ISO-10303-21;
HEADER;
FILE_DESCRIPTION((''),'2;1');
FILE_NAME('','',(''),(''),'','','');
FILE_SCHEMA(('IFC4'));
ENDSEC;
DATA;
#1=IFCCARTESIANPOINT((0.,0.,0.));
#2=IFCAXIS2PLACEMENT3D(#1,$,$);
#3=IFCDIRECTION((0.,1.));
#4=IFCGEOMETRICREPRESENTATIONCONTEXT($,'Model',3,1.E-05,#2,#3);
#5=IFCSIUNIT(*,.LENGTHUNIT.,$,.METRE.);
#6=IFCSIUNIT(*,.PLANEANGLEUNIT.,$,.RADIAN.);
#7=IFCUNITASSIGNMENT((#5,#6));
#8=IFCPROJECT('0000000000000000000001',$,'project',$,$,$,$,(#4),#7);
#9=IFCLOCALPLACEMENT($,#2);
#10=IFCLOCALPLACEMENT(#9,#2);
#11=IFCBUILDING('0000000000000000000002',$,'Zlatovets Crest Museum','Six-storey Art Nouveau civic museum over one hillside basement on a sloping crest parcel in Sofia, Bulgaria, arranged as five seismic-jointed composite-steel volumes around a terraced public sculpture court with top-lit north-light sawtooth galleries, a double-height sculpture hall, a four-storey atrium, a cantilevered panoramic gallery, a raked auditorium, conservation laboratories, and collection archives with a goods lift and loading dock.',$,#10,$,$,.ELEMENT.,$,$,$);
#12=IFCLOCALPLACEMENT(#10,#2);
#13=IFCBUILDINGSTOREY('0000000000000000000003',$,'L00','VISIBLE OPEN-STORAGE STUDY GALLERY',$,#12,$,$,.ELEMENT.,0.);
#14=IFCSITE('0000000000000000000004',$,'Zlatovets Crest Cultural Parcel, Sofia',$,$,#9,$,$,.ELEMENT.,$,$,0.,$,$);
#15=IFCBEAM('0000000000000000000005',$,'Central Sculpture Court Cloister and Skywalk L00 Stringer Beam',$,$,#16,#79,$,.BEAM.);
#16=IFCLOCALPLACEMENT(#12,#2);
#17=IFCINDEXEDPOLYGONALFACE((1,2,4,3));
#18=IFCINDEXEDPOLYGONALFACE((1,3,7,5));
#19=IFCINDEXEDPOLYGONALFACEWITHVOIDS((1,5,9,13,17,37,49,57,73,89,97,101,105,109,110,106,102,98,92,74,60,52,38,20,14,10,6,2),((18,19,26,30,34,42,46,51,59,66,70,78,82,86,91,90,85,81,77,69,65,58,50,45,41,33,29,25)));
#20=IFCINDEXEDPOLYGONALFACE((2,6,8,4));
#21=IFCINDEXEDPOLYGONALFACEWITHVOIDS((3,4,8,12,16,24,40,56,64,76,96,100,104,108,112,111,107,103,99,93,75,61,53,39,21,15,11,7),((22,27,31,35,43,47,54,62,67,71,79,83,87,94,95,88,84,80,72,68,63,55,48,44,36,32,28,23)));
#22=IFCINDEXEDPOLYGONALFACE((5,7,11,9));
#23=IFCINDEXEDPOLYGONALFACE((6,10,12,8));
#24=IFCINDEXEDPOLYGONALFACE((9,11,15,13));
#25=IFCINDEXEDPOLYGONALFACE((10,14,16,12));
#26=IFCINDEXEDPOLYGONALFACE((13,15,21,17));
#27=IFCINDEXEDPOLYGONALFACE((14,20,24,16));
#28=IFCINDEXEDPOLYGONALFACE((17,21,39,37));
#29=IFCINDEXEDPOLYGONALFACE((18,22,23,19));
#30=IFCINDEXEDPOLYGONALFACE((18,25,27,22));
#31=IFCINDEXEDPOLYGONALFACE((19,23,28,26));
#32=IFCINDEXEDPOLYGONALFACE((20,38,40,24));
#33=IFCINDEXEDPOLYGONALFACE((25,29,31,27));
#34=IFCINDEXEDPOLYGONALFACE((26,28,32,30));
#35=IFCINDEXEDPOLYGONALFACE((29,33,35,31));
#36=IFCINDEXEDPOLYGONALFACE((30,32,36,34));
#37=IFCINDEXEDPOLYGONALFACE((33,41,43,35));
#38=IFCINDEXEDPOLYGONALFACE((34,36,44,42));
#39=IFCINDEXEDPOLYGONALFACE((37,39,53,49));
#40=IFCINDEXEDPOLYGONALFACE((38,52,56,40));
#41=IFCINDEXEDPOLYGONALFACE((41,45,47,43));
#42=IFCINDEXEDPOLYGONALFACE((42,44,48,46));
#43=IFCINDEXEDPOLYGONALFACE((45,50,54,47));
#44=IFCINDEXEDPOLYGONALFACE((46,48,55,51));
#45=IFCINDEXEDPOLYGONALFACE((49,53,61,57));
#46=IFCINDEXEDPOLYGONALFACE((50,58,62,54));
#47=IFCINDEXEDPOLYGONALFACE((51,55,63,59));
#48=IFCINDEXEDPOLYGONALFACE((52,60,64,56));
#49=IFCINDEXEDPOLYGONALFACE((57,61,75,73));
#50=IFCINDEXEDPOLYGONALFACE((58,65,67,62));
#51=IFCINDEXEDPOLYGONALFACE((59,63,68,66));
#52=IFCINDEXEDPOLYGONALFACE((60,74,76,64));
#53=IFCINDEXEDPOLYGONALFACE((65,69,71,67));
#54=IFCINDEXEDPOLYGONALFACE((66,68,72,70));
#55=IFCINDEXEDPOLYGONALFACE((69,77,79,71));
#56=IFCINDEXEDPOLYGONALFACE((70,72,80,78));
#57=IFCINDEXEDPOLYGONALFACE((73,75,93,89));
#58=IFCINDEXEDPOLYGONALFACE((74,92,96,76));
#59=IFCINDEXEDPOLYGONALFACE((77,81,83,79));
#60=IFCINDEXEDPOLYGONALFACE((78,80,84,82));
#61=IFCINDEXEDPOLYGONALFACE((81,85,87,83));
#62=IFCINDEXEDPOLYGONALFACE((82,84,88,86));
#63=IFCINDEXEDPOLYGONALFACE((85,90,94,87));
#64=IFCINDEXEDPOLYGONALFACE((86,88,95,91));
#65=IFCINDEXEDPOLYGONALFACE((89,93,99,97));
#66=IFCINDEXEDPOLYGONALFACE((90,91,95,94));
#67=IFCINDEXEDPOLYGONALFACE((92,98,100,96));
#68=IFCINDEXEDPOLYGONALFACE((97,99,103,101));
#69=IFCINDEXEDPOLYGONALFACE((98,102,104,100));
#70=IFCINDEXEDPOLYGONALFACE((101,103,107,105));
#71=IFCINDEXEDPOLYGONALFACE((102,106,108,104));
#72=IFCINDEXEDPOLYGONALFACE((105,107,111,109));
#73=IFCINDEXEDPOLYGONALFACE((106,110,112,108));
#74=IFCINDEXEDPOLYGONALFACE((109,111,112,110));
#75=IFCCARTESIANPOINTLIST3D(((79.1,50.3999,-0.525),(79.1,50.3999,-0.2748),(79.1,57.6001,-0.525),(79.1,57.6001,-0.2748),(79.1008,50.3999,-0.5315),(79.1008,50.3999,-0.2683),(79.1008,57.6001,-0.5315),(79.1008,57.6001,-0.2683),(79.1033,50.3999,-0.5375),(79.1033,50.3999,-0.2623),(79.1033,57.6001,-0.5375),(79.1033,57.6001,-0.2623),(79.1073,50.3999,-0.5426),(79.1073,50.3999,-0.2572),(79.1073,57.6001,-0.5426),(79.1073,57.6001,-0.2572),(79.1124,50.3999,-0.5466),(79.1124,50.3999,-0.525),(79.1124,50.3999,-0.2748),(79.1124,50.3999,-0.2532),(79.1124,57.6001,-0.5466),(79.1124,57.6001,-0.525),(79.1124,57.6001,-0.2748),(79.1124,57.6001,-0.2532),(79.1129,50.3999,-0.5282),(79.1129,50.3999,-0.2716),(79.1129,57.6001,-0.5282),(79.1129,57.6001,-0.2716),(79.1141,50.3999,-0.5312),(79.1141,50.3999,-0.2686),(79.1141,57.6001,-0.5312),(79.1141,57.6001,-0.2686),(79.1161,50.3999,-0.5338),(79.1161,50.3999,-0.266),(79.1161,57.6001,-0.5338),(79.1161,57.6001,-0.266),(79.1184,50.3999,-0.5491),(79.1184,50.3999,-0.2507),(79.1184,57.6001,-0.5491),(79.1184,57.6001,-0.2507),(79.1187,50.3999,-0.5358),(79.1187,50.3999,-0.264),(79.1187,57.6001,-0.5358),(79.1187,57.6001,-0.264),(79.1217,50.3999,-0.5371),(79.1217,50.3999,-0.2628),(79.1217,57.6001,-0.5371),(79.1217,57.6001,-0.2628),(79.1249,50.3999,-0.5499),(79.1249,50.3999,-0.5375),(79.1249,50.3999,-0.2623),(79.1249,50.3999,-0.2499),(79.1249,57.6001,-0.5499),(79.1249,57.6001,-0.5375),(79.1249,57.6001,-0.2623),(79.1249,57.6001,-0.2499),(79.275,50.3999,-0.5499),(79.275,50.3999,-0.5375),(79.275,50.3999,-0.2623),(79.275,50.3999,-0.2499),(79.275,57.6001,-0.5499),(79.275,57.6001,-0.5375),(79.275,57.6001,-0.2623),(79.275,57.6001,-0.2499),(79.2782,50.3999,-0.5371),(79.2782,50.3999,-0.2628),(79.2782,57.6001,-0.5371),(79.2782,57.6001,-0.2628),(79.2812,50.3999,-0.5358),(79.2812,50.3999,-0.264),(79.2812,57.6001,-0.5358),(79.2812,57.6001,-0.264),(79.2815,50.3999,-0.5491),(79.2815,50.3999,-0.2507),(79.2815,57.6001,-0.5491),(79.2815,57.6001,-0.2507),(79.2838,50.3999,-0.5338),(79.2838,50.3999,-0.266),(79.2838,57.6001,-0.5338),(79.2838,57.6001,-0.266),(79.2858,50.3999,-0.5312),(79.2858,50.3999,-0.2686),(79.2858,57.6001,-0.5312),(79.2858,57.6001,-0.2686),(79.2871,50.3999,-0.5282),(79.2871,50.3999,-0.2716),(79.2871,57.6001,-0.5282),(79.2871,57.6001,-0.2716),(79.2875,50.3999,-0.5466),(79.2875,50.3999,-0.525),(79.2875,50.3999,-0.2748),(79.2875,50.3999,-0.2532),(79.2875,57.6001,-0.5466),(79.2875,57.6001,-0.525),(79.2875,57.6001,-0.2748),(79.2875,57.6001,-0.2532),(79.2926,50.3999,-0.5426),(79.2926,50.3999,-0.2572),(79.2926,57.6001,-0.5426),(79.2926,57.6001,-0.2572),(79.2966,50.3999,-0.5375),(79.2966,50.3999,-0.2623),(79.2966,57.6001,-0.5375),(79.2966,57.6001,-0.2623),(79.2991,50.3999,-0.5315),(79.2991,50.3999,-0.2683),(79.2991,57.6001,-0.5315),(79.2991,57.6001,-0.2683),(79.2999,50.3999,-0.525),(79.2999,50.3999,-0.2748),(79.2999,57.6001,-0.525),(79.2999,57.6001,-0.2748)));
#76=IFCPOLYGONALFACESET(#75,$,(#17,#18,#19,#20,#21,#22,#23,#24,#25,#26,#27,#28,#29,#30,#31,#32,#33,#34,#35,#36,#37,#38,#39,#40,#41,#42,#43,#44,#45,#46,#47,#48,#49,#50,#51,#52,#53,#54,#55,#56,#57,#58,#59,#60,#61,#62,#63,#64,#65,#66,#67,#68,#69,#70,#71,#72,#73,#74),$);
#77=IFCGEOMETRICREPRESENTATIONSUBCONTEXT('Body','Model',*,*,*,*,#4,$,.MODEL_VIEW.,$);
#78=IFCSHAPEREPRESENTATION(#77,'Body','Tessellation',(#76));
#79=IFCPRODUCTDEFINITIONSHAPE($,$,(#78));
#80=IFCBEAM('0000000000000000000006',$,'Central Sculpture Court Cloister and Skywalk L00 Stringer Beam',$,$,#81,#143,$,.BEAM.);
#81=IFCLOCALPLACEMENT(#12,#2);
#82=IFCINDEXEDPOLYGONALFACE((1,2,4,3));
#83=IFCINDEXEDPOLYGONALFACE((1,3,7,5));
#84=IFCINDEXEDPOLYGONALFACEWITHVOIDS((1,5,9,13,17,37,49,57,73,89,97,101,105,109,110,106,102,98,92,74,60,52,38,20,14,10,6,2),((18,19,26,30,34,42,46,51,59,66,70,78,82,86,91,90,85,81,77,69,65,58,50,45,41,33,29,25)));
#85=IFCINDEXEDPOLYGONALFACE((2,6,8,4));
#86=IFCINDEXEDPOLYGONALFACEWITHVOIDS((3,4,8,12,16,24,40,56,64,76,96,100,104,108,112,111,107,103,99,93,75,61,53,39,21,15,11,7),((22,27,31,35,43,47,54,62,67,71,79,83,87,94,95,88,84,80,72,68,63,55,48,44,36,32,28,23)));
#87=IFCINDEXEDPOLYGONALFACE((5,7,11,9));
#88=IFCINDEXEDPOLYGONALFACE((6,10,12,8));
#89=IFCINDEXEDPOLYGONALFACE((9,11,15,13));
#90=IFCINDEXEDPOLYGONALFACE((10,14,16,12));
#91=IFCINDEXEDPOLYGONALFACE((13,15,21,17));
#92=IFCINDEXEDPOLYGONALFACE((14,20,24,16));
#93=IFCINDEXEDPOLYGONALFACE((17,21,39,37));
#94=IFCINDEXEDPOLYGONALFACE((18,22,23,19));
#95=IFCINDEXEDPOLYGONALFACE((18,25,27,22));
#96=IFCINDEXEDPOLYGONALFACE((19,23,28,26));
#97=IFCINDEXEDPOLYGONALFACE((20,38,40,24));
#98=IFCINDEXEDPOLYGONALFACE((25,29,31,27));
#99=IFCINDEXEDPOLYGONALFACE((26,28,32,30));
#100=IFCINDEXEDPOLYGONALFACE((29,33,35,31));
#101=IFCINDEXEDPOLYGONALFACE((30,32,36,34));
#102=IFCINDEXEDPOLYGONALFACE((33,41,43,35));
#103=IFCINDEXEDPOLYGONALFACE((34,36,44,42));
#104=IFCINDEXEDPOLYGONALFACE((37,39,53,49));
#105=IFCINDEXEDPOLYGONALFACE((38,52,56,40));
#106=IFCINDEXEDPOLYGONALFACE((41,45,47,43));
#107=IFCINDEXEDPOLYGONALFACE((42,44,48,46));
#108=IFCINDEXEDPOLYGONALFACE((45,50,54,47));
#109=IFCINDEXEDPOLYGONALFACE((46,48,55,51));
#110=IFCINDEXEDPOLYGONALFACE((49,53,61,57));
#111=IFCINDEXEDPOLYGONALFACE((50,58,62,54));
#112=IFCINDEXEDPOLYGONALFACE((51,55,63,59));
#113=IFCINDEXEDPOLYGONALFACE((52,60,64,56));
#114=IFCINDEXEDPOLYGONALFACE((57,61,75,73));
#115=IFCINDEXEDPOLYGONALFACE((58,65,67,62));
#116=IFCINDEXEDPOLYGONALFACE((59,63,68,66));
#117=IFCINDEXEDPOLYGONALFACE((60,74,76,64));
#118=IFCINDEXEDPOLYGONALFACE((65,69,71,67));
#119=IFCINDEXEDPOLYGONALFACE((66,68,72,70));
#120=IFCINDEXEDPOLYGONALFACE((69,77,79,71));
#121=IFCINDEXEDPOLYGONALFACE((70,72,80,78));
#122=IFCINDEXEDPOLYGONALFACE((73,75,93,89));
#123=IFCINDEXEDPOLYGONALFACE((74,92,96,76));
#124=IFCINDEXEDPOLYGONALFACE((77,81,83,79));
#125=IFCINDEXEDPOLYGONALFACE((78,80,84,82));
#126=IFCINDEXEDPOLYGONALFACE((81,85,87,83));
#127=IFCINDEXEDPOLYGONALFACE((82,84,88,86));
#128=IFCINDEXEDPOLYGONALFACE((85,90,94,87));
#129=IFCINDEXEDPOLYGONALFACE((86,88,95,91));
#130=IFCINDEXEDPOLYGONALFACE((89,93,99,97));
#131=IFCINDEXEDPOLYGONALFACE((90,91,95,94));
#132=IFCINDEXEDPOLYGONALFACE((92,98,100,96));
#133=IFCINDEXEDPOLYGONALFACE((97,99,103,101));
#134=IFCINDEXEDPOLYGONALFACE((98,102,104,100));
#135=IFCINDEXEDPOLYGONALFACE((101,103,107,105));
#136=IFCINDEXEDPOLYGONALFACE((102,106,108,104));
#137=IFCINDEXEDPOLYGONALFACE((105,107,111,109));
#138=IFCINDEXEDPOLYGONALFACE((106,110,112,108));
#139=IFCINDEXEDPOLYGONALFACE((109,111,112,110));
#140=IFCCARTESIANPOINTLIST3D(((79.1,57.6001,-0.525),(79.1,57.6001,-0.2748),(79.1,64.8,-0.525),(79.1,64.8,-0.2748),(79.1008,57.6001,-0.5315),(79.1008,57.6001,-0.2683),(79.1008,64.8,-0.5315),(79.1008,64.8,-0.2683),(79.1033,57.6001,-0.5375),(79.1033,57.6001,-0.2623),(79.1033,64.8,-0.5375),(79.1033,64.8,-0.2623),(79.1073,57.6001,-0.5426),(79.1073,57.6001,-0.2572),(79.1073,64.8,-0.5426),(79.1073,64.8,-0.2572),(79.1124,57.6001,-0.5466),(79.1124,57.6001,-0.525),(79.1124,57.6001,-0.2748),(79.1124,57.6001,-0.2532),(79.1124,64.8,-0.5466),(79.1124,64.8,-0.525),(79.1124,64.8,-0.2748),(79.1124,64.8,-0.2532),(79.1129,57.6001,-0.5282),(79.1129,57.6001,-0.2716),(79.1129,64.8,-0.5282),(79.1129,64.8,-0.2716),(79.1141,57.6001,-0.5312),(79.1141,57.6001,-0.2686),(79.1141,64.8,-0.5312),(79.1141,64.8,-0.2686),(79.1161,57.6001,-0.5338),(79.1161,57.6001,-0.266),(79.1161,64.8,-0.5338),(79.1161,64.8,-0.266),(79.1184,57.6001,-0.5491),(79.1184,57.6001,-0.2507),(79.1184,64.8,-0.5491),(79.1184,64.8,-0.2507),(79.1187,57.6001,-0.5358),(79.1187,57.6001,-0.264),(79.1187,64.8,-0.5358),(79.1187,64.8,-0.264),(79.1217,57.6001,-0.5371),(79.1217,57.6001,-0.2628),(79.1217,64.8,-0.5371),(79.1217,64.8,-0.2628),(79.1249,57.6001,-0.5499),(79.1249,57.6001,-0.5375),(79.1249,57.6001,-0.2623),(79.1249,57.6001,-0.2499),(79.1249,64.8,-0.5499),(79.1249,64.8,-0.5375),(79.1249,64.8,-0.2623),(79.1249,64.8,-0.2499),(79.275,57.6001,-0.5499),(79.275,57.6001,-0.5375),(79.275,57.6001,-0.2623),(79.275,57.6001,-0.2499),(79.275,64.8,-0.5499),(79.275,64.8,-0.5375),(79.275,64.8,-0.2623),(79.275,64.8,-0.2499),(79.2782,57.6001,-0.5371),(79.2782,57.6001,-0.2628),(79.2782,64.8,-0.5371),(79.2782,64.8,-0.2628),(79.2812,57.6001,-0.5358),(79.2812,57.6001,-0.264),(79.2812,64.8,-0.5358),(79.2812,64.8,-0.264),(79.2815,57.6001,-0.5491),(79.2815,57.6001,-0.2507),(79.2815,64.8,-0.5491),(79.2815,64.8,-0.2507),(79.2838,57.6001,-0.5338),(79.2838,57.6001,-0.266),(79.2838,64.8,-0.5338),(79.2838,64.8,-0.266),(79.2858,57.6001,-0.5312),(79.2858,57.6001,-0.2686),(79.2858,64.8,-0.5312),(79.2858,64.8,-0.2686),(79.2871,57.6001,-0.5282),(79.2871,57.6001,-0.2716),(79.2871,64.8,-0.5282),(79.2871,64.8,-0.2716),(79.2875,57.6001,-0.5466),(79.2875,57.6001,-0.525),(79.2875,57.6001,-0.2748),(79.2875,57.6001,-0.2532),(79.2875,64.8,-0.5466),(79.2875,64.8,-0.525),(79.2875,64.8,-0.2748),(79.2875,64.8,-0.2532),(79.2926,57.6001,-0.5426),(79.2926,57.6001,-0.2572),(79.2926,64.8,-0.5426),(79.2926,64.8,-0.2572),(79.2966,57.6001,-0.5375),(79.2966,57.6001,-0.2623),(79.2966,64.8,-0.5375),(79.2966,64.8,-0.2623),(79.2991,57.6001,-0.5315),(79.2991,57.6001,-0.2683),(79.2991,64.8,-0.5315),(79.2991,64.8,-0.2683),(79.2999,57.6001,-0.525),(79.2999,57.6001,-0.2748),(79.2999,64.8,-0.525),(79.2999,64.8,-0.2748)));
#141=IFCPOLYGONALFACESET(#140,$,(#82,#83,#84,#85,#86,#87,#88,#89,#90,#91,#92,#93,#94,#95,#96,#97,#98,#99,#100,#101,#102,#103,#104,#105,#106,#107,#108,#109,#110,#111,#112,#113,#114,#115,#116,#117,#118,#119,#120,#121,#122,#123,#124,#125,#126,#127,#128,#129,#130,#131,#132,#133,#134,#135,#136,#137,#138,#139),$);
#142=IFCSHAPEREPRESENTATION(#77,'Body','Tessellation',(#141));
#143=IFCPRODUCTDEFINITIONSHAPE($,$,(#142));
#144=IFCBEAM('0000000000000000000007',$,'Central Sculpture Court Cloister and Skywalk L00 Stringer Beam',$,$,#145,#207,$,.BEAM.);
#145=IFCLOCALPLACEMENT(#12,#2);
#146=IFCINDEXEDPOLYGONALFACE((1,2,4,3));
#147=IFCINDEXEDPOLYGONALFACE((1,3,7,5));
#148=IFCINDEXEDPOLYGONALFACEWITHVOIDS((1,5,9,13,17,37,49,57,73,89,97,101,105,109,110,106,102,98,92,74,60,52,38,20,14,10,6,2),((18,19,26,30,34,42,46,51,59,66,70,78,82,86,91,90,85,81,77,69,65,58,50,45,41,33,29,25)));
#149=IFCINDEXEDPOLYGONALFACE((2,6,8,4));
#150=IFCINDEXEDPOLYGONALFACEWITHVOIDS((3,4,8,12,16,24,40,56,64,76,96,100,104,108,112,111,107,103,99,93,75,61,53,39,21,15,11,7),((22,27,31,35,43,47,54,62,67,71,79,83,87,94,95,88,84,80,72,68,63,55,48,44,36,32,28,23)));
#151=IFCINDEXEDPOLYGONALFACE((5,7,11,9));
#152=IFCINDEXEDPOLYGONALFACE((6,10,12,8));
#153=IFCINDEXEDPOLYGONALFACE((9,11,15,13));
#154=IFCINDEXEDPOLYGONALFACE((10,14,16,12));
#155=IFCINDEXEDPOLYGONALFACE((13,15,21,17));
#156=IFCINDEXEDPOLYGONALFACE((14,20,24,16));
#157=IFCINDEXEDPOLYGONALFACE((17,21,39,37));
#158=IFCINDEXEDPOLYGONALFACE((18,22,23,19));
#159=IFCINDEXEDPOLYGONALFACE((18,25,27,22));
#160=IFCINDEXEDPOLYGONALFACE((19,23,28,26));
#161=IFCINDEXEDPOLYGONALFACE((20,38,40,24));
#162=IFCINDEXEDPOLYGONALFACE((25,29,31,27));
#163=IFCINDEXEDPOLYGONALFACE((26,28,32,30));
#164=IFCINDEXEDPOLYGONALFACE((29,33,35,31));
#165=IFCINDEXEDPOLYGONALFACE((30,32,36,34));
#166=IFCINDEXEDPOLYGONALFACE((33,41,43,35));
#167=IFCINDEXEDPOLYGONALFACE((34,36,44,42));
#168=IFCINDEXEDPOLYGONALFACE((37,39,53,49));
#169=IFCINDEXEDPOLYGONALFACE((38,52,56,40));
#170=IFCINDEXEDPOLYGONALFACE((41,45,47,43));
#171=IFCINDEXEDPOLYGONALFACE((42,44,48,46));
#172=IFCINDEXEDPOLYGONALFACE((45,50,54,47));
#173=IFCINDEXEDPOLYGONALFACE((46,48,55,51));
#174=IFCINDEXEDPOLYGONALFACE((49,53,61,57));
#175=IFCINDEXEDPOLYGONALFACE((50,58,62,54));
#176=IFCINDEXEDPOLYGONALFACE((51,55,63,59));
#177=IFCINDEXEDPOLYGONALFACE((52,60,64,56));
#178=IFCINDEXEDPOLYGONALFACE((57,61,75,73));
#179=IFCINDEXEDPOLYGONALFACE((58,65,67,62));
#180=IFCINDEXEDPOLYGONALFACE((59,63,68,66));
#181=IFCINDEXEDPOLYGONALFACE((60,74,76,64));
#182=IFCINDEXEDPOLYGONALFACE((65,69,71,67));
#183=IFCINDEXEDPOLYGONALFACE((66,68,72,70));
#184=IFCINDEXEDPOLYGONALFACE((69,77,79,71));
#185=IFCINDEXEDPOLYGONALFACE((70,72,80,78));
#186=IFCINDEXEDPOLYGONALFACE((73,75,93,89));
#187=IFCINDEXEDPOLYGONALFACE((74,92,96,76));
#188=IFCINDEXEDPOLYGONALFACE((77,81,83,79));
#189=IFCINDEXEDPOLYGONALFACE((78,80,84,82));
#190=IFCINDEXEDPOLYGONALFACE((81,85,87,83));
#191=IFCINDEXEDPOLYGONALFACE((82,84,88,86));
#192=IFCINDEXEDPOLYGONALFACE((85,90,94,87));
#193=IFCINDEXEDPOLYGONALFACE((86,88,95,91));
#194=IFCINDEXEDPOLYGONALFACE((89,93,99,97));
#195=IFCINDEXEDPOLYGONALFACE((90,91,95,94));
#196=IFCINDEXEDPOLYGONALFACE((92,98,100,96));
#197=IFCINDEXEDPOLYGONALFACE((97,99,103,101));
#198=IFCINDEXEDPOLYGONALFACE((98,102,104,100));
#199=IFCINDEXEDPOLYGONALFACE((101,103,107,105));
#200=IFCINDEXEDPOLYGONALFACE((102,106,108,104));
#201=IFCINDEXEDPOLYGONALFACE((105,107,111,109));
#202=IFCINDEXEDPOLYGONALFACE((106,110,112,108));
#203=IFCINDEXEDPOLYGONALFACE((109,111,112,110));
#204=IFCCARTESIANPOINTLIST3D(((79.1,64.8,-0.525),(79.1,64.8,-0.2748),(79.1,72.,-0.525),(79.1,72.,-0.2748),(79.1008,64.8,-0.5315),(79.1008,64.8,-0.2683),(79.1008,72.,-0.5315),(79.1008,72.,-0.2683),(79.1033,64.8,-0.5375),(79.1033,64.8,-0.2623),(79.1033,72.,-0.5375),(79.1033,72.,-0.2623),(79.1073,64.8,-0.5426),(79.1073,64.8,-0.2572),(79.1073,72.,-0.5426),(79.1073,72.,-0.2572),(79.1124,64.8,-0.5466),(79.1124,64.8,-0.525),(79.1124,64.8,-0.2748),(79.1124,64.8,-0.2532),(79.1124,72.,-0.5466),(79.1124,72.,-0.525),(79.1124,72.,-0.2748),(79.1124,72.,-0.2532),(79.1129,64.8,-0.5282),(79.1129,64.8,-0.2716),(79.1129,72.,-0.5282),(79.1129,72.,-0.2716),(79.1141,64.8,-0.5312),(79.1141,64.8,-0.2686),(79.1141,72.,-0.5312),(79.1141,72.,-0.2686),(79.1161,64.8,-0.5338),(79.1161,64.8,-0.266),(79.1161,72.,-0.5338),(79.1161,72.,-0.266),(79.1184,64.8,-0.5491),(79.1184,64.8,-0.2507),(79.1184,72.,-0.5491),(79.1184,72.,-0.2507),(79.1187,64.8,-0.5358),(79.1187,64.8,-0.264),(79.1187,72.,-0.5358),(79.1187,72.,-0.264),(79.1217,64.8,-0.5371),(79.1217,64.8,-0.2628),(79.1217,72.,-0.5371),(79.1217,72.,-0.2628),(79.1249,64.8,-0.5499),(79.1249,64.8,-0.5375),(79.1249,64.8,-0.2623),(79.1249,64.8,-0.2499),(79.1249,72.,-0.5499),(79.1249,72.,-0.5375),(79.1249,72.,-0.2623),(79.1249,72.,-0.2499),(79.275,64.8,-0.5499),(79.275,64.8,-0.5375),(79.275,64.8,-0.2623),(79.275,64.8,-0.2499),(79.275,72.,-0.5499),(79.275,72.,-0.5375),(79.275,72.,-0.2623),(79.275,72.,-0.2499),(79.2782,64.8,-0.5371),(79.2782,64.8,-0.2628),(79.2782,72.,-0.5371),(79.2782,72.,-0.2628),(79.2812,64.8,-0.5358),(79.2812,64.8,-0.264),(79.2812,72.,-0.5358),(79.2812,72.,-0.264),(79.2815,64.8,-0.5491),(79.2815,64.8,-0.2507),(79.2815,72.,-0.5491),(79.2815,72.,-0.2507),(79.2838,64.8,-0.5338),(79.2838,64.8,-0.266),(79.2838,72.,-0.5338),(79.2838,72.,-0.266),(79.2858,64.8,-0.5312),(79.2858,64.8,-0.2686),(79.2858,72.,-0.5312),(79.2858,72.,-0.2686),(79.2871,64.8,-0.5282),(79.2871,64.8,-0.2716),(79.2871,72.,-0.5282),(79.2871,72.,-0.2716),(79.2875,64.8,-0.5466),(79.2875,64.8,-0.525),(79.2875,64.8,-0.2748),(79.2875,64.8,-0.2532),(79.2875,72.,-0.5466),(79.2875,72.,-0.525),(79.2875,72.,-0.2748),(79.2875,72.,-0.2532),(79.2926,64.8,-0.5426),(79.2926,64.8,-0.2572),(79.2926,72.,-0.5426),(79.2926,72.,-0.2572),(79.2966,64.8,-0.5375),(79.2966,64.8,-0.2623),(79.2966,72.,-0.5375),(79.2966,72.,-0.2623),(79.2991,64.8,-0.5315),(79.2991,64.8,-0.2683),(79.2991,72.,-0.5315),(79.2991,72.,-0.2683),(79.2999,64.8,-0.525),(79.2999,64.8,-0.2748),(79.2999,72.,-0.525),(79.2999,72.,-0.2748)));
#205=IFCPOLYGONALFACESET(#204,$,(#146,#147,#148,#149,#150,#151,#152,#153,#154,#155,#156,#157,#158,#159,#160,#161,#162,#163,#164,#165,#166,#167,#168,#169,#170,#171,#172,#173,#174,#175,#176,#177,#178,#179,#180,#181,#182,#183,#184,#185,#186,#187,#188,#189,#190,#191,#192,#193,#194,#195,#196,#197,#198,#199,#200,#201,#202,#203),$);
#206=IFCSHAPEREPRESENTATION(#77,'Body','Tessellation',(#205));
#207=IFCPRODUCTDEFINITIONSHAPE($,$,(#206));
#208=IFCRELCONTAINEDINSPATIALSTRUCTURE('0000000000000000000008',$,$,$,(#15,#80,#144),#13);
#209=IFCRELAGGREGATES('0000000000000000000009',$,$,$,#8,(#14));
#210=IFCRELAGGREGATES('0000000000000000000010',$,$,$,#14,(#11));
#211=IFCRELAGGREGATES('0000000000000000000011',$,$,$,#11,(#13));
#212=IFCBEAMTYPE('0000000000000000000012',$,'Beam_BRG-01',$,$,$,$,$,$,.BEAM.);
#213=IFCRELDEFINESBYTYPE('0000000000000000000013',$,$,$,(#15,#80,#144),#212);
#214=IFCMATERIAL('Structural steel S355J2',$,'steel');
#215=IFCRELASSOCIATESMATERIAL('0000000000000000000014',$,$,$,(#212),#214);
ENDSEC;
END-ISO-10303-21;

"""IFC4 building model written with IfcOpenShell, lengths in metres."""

from ifc_helpers import new_model, si_unit, direction, frame, origin, origin_2d, place, context, subcontext, project, spatial, hollow_rectangle, extrude, material, material_profile, profile_set, type_object, element, save


model = new_model("IFC4")

# Units and contexts
model_context = context("Model", 3, precision=1e-05, world=origin(), true_north=direction((0.0, 1.0)))
body_context = subcontext(model_context, "Body", "Model", "MODEL_VIEW")
ifc_project = project(units=[si_unit("LENGTHUNIT", "METRE"), si_unit("PLANEANGLEUNIT", "RADIAN")], contexts=[model_context])

# Site, building, storey
site_placement = place(None, origin())
site = spatial("IfcSite", under=ifc_project, at=site_placement, Name="Zlatovets Crest Cultural Parcel, Sofia", CompositionType="ELEMENT", RefElevation=0.0)
building_placement = place(site_placement, origin())
building = spatial("IfcBuilding", under=site, at=building_placement, Name="Zlatovets Crest Museum", Description="Six-storey Art Nouveau civic museum over one hillside basement on a sloping crest parcel in Sofia, Bulgaria, arranged as five seismic-jointed composite-steel volumes around a terraced public sculpture court with top-lit north-light sawtooth galleries, a double-height sculpture hall, a four-storey atrium, a cantilevered panoramic gallery, a raked auditorium, conservation laboratories, and collection archives with a goods lift and loading dock.", CompositionType="ELEMENT")
storey_placement = place(building_placement, origin())
storey = spatial("IfcBuildingStorey", under=building, at=storey_placement, Name="L00", Description="VISIBLE OPEN-STORAGE STUDY GALLERY", CompositionType="ELEMENT", Elevation=0.0)

# Shared definitions
ifc_material_1 = material(Name="Structural steel S355J2", Category="steel")

# Beams
ifc_material_profile_1 = material_profile(ifc_material_1, hollow_rectangle(XDim=0.2, YDim=0.3, WallThickness=0.0125, InnerFilletRadius=0.0125, OuterFilletRadius=0.0249, at=origin_2d()), Name="RHS 200x300x12.5")
ifc_profile_set_1 = profile_set([ifc_material_profile_1], Name="Structural steel S355J2")
beam_type_1 = type_object("IfcBeamType", Name="Beam_BRG-01", PredefinedType="BEAM", material=ifc_profile_set_1)
beam_1_placement = place(storey_placement, frame((79.2, 50.3999, -0.3999), z_axis=(0.0, 1.0, 0.0), x_axis=(-1.0, 0.0, 0.0)))
element("IfcBeam", 1, at=beam_1_placement, inside=storey, type_object=beam_type_1, Name="Central Sculpture Court Cloister and Skywalk L00 Stringer Beam", PredefinedType="BEAM", context=body_context, shape_type="SweptSolid", body=[
    extrude(hollow_rectangle(XDim=0.2, YDim=0.3, WallThickness=0.0125, InnerFilletRadius=0.0125, OuterFilletRadius=0.0249, at=origin_2d()), origin(), (0.0, 0.0, 1.0), 7.2002),
])
for number, where, z_axis, x_axis, name in (
    (2, (79.2, 57.6001, -0.3999), (0.0, 1.0, 0.0), (-1.0, 0.0, 0.0), "Central Sculpture Court Cloister and Skywalk L00 Stringer Beam"),
    (3, (79.2, 64.8, -0.3999), (0.0, 1.0, 0.0), (-1.0, 0.0, 0.0), "Central Sculpture Court Cloister and Skywalk L00 Stringer Beam"),
):
    element("IfcBeam", number, at=place(storey_placement, frame(where, z_axis=z_axis, x_axis=x_axis)), inside=storey, type_object=beam_type_1, Name=name, PredefinedType="BEAM", context=body_context, shape_type="SweptSolid", body=[
        extrude(hollow_rectangle(XDim=0.2, YDim=0.3, WallThickness=0.0125, InnerFilletRadius=0.0125, OuterFilletRadius=0.0249, at=origin_2d()), origin(), (0.0, 0.0, 1.0), 7.2),
    ])

save(model, "model.ifc")
